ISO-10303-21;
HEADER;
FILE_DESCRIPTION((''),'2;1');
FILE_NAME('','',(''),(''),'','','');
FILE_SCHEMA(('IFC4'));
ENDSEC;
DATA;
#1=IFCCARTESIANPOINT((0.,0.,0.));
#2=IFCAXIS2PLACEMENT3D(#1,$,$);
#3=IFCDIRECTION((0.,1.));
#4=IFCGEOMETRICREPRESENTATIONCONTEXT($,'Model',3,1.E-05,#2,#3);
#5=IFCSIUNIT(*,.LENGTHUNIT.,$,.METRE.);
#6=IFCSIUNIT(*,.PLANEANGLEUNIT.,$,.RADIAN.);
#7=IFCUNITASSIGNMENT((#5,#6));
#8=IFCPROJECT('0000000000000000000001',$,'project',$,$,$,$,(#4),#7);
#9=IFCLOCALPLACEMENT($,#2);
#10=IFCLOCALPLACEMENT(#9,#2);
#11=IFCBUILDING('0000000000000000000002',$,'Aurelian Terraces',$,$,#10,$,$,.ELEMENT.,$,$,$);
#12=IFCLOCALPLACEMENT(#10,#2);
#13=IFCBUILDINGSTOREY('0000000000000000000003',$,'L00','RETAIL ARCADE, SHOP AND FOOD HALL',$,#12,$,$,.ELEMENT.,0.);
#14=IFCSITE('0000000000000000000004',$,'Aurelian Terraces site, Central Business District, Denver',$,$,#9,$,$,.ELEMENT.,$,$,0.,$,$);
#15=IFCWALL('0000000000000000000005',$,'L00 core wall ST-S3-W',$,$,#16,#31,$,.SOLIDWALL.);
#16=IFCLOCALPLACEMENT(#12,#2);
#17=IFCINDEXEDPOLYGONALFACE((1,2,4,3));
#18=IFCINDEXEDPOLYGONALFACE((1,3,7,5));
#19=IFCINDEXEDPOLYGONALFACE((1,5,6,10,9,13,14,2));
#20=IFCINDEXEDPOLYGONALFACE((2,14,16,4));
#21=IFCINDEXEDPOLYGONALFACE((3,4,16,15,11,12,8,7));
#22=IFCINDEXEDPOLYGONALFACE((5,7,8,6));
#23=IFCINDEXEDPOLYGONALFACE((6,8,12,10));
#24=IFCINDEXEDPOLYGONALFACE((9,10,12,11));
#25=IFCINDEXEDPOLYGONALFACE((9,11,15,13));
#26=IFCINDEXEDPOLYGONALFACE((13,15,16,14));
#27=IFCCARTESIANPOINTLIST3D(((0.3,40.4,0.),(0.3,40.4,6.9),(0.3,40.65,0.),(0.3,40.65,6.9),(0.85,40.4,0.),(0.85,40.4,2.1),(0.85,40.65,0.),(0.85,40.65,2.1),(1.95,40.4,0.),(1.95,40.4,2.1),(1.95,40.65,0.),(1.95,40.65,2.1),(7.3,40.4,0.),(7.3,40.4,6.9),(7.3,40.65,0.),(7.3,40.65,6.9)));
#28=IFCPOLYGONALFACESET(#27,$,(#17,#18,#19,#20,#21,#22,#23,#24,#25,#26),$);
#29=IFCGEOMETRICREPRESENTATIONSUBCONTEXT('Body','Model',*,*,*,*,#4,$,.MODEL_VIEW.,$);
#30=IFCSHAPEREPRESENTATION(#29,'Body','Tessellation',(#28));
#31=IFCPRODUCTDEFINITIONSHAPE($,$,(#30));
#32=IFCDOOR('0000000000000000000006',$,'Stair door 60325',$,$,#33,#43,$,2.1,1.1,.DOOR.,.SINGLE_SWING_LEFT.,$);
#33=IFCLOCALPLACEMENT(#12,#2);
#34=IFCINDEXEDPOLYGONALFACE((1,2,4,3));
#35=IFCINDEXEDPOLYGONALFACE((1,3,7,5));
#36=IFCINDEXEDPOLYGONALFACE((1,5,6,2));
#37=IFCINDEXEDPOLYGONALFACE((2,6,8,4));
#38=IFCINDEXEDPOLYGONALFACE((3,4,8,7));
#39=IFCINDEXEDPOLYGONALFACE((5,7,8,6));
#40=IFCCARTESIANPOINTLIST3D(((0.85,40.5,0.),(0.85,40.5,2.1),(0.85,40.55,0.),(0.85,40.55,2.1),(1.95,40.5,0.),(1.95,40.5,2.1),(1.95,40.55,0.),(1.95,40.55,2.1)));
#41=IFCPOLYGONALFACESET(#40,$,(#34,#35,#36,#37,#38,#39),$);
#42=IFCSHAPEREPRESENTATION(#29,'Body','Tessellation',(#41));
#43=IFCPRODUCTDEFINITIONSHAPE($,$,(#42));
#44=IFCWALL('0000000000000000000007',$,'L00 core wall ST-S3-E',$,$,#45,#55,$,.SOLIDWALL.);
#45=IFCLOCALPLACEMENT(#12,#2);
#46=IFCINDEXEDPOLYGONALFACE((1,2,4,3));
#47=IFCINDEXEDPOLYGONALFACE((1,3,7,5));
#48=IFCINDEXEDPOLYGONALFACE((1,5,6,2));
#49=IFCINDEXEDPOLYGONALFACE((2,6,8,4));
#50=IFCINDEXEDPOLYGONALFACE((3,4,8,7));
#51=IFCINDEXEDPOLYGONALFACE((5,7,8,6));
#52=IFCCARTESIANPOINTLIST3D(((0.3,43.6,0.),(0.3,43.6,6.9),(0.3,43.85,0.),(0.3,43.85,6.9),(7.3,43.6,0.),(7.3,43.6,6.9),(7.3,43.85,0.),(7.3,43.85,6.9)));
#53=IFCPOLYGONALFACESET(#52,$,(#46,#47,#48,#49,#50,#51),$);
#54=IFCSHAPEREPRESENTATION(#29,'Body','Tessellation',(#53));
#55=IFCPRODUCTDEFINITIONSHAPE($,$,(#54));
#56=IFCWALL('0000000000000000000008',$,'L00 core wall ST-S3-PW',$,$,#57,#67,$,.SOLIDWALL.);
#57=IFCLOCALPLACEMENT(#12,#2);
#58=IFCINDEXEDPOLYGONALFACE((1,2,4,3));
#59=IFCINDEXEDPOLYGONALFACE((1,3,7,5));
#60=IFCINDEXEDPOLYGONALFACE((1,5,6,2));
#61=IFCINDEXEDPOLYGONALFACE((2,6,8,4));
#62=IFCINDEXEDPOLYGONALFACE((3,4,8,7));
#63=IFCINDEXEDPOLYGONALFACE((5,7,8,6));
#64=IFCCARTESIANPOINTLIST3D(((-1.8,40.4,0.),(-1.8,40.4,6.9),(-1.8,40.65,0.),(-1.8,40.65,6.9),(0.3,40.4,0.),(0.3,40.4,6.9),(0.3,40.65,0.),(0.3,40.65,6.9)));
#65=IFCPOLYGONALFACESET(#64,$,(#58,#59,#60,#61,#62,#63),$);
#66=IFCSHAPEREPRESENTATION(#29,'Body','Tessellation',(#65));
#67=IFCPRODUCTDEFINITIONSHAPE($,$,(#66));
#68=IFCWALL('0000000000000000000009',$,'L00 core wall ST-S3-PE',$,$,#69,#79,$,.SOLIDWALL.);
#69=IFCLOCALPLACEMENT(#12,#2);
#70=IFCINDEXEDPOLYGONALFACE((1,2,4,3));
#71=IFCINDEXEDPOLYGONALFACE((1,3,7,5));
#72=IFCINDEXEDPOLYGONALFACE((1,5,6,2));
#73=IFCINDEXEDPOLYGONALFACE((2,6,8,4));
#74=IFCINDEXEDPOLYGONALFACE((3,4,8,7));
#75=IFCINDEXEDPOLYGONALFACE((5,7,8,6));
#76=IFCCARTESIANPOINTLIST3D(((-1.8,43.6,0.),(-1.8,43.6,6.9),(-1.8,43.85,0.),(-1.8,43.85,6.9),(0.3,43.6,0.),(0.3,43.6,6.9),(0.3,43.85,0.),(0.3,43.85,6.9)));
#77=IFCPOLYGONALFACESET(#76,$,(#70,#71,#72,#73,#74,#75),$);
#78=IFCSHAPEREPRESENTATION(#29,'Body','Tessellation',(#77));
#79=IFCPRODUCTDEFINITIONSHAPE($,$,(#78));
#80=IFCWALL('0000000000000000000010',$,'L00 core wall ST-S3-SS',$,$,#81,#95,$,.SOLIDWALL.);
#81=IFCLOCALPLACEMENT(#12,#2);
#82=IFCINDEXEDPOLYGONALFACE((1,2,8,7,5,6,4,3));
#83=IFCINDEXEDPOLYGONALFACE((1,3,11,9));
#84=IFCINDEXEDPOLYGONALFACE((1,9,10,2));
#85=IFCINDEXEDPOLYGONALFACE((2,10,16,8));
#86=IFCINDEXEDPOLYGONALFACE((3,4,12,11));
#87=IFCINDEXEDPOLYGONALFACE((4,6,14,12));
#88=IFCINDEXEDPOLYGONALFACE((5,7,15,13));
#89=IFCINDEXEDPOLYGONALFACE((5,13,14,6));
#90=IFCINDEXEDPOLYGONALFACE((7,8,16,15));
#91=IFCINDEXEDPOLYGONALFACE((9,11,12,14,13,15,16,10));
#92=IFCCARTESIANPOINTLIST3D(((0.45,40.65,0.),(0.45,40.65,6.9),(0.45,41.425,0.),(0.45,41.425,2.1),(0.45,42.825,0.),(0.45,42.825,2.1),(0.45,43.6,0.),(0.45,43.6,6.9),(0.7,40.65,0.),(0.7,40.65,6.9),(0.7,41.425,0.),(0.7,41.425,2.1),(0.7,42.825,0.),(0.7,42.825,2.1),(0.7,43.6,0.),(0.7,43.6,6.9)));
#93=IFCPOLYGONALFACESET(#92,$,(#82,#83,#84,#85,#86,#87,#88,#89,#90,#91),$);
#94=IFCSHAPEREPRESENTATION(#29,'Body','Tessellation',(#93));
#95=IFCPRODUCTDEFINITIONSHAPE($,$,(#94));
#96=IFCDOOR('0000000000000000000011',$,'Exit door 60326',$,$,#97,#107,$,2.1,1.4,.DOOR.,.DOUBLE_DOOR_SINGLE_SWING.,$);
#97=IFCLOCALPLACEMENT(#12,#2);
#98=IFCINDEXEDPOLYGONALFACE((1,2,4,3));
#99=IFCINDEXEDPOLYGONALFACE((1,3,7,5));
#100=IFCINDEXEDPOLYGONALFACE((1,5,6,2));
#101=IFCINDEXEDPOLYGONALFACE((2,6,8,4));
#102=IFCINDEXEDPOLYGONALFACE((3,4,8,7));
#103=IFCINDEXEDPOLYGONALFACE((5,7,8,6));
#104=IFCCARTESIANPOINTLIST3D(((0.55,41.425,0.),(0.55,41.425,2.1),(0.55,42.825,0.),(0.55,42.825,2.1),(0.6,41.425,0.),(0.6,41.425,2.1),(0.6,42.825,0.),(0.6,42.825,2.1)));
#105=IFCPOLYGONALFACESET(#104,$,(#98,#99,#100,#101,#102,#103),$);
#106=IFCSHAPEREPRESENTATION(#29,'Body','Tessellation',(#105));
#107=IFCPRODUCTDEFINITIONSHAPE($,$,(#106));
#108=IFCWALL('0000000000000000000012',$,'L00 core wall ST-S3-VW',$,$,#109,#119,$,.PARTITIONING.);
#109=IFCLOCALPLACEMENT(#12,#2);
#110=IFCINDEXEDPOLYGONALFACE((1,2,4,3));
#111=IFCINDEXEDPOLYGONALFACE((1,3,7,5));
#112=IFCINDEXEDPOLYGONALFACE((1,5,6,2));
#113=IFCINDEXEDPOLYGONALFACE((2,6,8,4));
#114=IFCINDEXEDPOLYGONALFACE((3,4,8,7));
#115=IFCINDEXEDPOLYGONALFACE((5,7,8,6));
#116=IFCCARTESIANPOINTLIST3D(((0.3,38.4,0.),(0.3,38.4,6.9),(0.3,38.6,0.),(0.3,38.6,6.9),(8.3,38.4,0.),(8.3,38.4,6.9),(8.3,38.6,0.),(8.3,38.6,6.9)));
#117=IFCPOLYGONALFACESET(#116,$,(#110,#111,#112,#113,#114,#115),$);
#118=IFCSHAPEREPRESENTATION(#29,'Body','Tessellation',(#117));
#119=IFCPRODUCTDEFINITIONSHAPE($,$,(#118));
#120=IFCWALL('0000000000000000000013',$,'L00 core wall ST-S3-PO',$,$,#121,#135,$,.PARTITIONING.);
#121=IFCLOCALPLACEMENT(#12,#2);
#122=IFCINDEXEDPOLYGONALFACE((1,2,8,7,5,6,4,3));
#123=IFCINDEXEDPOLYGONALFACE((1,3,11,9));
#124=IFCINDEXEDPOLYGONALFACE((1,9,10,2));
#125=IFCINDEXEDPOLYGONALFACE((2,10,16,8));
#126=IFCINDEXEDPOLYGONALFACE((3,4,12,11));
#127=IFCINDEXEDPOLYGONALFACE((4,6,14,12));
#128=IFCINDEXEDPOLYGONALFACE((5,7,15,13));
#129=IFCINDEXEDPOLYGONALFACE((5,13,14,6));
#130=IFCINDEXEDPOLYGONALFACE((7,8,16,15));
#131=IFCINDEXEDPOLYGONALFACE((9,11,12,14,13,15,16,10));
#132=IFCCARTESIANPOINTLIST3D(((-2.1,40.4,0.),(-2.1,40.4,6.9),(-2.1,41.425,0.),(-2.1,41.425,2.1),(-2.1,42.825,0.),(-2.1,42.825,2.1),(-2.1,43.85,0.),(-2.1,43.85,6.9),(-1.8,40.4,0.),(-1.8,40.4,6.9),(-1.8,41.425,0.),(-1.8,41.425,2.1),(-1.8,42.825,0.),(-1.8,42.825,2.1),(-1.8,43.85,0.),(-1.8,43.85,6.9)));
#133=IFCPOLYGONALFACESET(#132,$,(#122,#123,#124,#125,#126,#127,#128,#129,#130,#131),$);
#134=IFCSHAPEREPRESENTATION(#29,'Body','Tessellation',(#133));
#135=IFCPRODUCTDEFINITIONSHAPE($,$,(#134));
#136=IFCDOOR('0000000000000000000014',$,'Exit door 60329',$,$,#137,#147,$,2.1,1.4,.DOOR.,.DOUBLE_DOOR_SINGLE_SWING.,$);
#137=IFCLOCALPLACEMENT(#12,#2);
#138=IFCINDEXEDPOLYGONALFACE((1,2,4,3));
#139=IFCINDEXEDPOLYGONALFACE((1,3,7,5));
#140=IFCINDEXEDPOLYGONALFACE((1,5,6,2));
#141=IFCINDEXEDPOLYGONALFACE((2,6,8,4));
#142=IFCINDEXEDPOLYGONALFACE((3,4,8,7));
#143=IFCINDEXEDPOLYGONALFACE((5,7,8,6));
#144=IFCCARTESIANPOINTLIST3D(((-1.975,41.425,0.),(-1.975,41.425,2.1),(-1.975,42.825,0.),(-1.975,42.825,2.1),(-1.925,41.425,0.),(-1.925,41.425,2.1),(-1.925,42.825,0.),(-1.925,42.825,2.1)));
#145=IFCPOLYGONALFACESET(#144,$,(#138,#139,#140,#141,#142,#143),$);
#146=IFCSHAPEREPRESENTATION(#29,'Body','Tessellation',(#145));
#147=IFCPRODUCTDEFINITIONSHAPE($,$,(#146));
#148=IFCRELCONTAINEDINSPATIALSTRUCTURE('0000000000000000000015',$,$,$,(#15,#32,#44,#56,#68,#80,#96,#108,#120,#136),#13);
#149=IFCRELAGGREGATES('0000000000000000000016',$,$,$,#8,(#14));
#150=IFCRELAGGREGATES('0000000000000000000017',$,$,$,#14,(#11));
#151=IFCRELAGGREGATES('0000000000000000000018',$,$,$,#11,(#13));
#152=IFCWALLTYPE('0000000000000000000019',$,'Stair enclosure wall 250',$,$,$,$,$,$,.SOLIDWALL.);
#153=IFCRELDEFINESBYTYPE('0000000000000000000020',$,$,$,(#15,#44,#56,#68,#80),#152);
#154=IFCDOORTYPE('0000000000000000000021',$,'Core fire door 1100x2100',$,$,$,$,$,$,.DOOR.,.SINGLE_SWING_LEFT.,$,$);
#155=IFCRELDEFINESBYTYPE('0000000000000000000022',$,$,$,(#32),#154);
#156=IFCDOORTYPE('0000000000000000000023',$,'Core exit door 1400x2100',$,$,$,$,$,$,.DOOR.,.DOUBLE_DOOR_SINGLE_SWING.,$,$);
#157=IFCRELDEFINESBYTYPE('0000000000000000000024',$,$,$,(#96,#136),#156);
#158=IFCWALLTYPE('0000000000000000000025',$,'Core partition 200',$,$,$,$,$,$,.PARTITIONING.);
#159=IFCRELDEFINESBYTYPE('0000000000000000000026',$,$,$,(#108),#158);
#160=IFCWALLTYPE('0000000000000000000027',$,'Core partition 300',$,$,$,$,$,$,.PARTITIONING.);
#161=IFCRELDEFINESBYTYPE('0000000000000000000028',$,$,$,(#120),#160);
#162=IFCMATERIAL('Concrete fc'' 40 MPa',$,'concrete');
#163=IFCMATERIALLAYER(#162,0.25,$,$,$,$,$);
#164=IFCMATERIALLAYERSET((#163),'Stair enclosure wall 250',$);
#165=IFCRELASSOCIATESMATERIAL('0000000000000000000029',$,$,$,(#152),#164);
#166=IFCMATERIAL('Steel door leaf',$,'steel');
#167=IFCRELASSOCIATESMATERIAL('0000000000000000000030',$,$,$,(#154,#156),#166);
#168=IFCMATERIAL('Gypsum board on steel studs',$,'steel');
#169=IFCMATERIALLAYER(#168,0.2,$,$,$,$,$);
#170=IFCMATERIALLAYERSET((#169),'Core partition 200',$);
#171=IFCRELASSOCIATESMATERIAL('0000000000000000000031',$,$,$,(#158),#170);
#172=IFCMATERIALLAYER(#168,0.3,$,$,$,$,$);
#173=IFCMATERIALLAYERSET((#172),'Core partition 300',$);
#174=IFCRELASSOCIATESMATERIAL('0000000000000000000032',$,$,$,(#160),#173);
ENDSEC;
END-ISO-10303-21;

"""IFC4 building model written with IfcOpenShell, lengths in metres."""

from ifc_helpers import new_model, si_unit, direction, frame, frame_2d, origin, place, context, subcontext, project, spatial, rectangle, extrude, source, transform, mapped, material, layer, layer_set, type_object, element, fill, save


model = new_model("IFC4")

# Units and contexts
model_context = context("Model", 3, precision=1e-05, world=origin(), true_north=direction((0.0, 1.0)))
body_context = subcontext(model_context, "Body", "Model", "MODEL_VIEW")
ifc_project = project(units=[si_unit("LENGTHUNIT", "METRE"), si_unit("PLANEANGLEUNIT", "RADIAN")], contexts=[model_context])

# Site, building, storey
site_placement = place(None, origin())
site = spatial("IfcSite", under=ifc_project, at=site_placement, Name="Aurelian Terraces site, Central Business District, Denver", CompositionType="ELEMENT", RefElevation=0.0)
building_placement = place(site_placement, origin())
building = spatial("IfcBuilding", under=site, at=building_placement, Name="Aurelian Terraces", CompositionType="ELEMENT")
storey_placement = place(building_placement, origin())
storey = spatial("IfcBuildingStorey", under=building, at=storey_placement, Name="L00", Description="RETAIL ARCADE, SHOP AND FOOD HALL", CompositionType="ELEMENT", Elevation=0.0)

# Shared definitions
ifc_material_1 = material(Name="Gypsum board on steel studs", Category="steel")

# Wall, opening, door
ifc_material_2 = material(Name="Concrete fc' 40 MPa", Category="concrete")
ifc_layer_1 = layer(ifc_material_2, 0.25)
ifc_layer_set_1 = layer_set([ifc_layer_1], Name="Stair enclosure wall 250")
wall_type_1 = type_object("IfcWallType", Name="Stair enclosure wall 250", PredefinedType="SOLIDWALL", material=ifc_layer_set_1)
shared_shape_1 = source(origin(), body_context, "Body", "SweptSolid", [
    extrude(rectangle(XDim=7.0, YDim=0.25, at=frame_2d((3.5, 0.0))), origin(), (0.0, 0.0, 1.0), 6.9),
])
wall_1_placement = place(storey_placement, frame((0.3, 40.525, 0.0), z_axis=(0.0, 0.0, 1.0), x_axis=(1.0, 0.0, 0.0)))
wall_1 = element("IfcWall", 1, at=wall_1_placement, inside=storey, type_object=wall_type_1, Name="L00 core wall ST-S3-W", PredefinedType="SOLIDWALL", context=body_context, shape_type="MappedRepresentation", body=[
    mapped(shared_shape_1, transform((0.0, 0.0, 0.0), scale=1.0)),
])
shared_shape_2 = source(origin(), body_context, "Body", "SweptSolid", [
    extrude(rectangle(XDim=1.1, YDim=2.1, at=frame_2d((0.55, 1.05))), frame((0.0, 0.135, 0.0), z_axis=(0.0, -1.0, 0.0), x_axis=(1.0, 0.0, 0.0)), (0.0, 0.0, 1.0), 0.27),
])
opening_1_placement = place(wall_1_placement, frame((0.55, 0.0, 0.0)))
opening_1 = element("IfcOpeningElement", 2, at=opening_1_placement, cuts=wall_1, PredefinedType="OPENING", context=body_context, shape_type="MappedRepresentation", body=[
    mapped(shared_shape_2, transform((0.0, 0.0, 0.0), scale=1.0)),
])
ifc_material_3 = material(Name="Steel door leaf", Category="steel")
door_type_1 = type_object("IfcDoorType", Name="Core fire door 1100x2100", OperationType="SINGLE_SWING_LEFT", PredefinedType="DOOR", material=ifc_material_3)
shared_shape_3 = source(origin(), body_context, "Body", "SweptSolid", [
    extrude(rectangle(XDim=1.1, YDim=2.1, at=frame_2d((0.55, 1.05))), frame((0.0, 0.025, 0.0), z_axis=(0.0, -1.0, 0.0), x_axis=(1.0, 0.0, 0.0)), (0.0, 0.0, 1.0), 0.05),
])
door_1_placement = place(opening_1_placement, origin())
door_1 = element("IfcDoor", 3, at=door_1_placement, inside=storey, type_object=door_type_1, Name="Stair door 60325", OperationType="SINGLE_SWING_LEFT", OverallHeight=2.1, OverallWidth=1.1, PredefinedType="DOOR", context=body_context, shape_type="MappedRepresentation", body=[
    mapped(shared_shape_3, transform((0.0, 0.0, 0.0), scale=1.0)),
])
fill(opening_1, door_1)

# Walls
wall_2_placement = place(storey_placement, frame((0.3, 43.725, 0.0), z_axis=(0.0, 0.0, 1.0), x_axis=(1.0, 0.0, 0.0)))
element("IfcWall", 4, at=wall_2_placement, inside=storey, type_object=wall_type_1, Name="L00 core wall ST-S3-E", PredefinedType="SOLIDWALL", context=body_context, shape_type="MappedRepresentation", body=[
    mapped(shared_shape_1, transform((0.0, 0.0, 0.0), scale=1.0)),
])
shared_shape_4 = source(origin(), body_context, "Body", "SweptSolid", [
    extrude(rectangle(XDim=2.1, YDim=0.25, at=frame_2d((1.05, 0.0))), origin(), (0.0, 0.0, 1.0), 6.9),
])
for number, where, z_axis, x_axis, name in (
    (5, (-1.8, 40.525, 0.0), (0.0, 0.0, 1.0), (1.0, 0.0, 0.0), "L00 core wall ST-S3-PW"),
    (6, (-1.8, 43.725, 0.0), (0.0, 0.0, 1.0), (1.0, 0.0, 0.0), "L00 core wall ST-S3-PE"),
):
    element("IfcWall", number, at=place(storey_placement, frame(where, z_axis=z_axis, x_axis=x_axis)), inside=storey, type_object=wall_type_1, Name=name, PredefinedType="SOLIDWALL", context=body_context, shape_type="MappedRepresentation", body=[
        mapped(shared_shape_4, transform((0.0, 0.0, 0.0), scale=1.0)),
    ])

# Wall, opening, door
shared_shape_5 = source(origin(), body_context, "Body", "SweptSolid", [
    extrude(rectangle(XDim=2.95, YDim=0.25, at=frame_2d((1.475, 0.0))), origin(), (0.0, 0.0, 1.0), 6.9),
])
wall_3_placement = place(storey_placement, frame((0.575, 43.6, 0.0), z_axis=(0.0, 0.0, 1.0), x_axis=(0.0, -1.0, 0.0)))
wall_3 = element("IfcWall", 7, at=wall_3_placement, inside=storey, type_object=wall_type_1, Name="L00 core wall ST-S3-SS", PredefinedType="SOLIDWALL", context=body_context, shape_type="MappedRepresentation", body=[
    mapped(shared_shape_5, transform((0.0, 0.0, 0.0), scale=1.0)),
])
shared_shape_6 = source(origin(), body_context, "Body", "SweptSolid", [
    extrude(rectangle(XDim=1.4, YDim=2.1, at=frame_2d((0.7, 1.05))), frame((0.0, 0.135, 0.0), z_axis=(0.0, -1.0, 0.0), x_axis=(1.0, 0.0, 0.0)), (0.0, 0.0, 1.0), 0.27),
])
opening_2_placement = place(wall_3_placement, frame((0.775, 0.0, 0.0)))
opening_2 = element("IfcOpeningElement", 8, at=opening_2_placement, cuts=wall_3, PredefinedType="OPENING", context=body_context, shape_type="MappedRepresentation", body=[
    mapped(shared_shape_6, transform((0.0, 0.0, 0.0), scale=1.0)),
])
door_type_2 = type_object("IfcDoorType", Name="Core exit door 1400x2100", OperationType="DOUBLE_DOOR_SINGLE_SWING", PredefinedType="DOOR", material=ifc_material_3)
shared_shape_7 = source(origin(), body_context, "Body", "SweptSolid", [
    extrude(rectangle(XDim=1.4, YDim=2.1, at=frame_2d((0.7, 1.05))), frame((0.0, 0.025, 0.0), z_axis=(0.0, -1.0, 0.0), x_axis=(1.0, 0.0, 0.0)), (0.0, 0.0, 1.0), 0.05),
])
door_2_placement = place(opening_2_placement, origin())
door_2 = element("IfcDoor", 9, at=door_2_placement, inside=storey, type_object=door_type_2, Name="Exit door 60326", OperationType="DOUBLE_DOOR_SINGLE_SWING", OverallHeight=2.1, OverallWidth=1.4, PredefinedType="DOOR", context=body_context, shape_type="MappedRepresentation", body=[
    mapped(shared_shape_7, transform((0.0, 0.0, 0.0), scale=1.0)),
])
fill(opening_2, door_2)

# Wall
ifc_layer_2 = layer(ifc_material_1, 0.2)
ifc_layer_set_2 = layer_set([ifc_layer_2], Name="Core partition 200")
wall_type_2 = type_object("IfcWallType", Name="Core partition 200", PredefinedType="PARTITIONING", material=ifc_layer_set_2)
shared_shape_8 = source(origin(), body_context, "Body", "SweptSolid", [
    extrude(rectangle(XDim=8.0, YDim=0.2, at=frame_2d((4.0, 0.0))), origin(), (0.0, 0.0, 1.0), 6.9),
])
wall_4_placement = place(storey_placement, frame((0.3, 38.5, 0.0), z_axis=(0.0, 0.0, 1.0), x_axis=(1.0, 0.0, 0.0)))
element("IfcWall", 10, at=wall_4_placement, inside=storey, type_object=wall_type_2, Name="L00 core wall ST-S3-VW", PredefinedType="PARTITIONING", context=body_context, shape_type="MappedRepresentation", body=[
    mapped(shared_shape_8, transform((0.0, 0.0, 0.0), scale=1.0)),
])

# Wall, opening, door
ifc_layer_3 = layer(ifc_material_1, 0.3)
ifc_layer_set_3 = layer_set([ifc_layer_3], Name="Core partition 300")
wall_type_3 = type_object("IfcWallType", Name="Core partition 300", PredefinedType="PARTITIONING", material=ifc_layer_set_3)
shared_shape_9 = source(origin(), body_context, "Body", "SweptSolid", [
    extrude(rectangle(XDim=3.45, YDim=0.3, at=frame_2d((1.725, 0.0))), origin(), (0.0, 0.0, 1.0), 6.9),
])
wall_5_placement = place(storey_placement, frame((-1.95, 40.4, 0.0), z_axis=(0.0, 0.0, 1.0), x_axis=(0.0, 1.0, 0.0)))
wall_5 = element("IfcWall", 11, at=wall_5_placement, inside=storey, type_object=wall_type_3, Name="L00 core wall ST-S3-PO", PredefinedType="PARTITIONING", context=body_context, shape_type="MappedRepresentation", body=[
    mapped(shared_shape_9, transform((0.0, 0.0, 0.0), scale=1.0)),
])
shared_shape_10 = source(origin(), body_context, "Body", "SweptSolid", [
    extrude(rectangle(XDim=1.4, YDim=2.1, at=frame_2d((0.7, 1.05))), frame((0.0, 0.16, 0.0), z_axis=(0.0, -1.0, 0.0), x_axis=(1.0, 0.0, 0.0)), (0.0, 0.0, 1.0), 0.32),
])
opening_3_placement = place(wall_5_placement, frame((1.025, 0.0, 0.0)))
opening_3 = element("IfcOpeningElement", 12, at=opening_3_placement, cuts=wall_5, PredefinedType="OPENING", context=body_context, shape_type="MappedRepresentation", body=[
    mapped(shared_shape_10, transform((0.0, 0.0, 0.0), scale=1.0)),
])
door_3_placement = place(opening_3_placement, origin())
door_3 = element("IfcDoor", 13, at=door_3_placement, inside=storey, type_object=door_type_2, Name="Exit door 60329", OperationType="DOUBLE_DOOR_SINGLE_SWING", OverallHeight=2.1, OverallWidth=1.4, PredefinedType="DOOR", context=body_context, shape_type="MappedRepresentation", body=[
    mapped(shared_shape_7, transform((0.0, 0.0, 0.0), scale=1.0)),
])
fill(opening_3, door_3)

save(model, "model.ifc")
